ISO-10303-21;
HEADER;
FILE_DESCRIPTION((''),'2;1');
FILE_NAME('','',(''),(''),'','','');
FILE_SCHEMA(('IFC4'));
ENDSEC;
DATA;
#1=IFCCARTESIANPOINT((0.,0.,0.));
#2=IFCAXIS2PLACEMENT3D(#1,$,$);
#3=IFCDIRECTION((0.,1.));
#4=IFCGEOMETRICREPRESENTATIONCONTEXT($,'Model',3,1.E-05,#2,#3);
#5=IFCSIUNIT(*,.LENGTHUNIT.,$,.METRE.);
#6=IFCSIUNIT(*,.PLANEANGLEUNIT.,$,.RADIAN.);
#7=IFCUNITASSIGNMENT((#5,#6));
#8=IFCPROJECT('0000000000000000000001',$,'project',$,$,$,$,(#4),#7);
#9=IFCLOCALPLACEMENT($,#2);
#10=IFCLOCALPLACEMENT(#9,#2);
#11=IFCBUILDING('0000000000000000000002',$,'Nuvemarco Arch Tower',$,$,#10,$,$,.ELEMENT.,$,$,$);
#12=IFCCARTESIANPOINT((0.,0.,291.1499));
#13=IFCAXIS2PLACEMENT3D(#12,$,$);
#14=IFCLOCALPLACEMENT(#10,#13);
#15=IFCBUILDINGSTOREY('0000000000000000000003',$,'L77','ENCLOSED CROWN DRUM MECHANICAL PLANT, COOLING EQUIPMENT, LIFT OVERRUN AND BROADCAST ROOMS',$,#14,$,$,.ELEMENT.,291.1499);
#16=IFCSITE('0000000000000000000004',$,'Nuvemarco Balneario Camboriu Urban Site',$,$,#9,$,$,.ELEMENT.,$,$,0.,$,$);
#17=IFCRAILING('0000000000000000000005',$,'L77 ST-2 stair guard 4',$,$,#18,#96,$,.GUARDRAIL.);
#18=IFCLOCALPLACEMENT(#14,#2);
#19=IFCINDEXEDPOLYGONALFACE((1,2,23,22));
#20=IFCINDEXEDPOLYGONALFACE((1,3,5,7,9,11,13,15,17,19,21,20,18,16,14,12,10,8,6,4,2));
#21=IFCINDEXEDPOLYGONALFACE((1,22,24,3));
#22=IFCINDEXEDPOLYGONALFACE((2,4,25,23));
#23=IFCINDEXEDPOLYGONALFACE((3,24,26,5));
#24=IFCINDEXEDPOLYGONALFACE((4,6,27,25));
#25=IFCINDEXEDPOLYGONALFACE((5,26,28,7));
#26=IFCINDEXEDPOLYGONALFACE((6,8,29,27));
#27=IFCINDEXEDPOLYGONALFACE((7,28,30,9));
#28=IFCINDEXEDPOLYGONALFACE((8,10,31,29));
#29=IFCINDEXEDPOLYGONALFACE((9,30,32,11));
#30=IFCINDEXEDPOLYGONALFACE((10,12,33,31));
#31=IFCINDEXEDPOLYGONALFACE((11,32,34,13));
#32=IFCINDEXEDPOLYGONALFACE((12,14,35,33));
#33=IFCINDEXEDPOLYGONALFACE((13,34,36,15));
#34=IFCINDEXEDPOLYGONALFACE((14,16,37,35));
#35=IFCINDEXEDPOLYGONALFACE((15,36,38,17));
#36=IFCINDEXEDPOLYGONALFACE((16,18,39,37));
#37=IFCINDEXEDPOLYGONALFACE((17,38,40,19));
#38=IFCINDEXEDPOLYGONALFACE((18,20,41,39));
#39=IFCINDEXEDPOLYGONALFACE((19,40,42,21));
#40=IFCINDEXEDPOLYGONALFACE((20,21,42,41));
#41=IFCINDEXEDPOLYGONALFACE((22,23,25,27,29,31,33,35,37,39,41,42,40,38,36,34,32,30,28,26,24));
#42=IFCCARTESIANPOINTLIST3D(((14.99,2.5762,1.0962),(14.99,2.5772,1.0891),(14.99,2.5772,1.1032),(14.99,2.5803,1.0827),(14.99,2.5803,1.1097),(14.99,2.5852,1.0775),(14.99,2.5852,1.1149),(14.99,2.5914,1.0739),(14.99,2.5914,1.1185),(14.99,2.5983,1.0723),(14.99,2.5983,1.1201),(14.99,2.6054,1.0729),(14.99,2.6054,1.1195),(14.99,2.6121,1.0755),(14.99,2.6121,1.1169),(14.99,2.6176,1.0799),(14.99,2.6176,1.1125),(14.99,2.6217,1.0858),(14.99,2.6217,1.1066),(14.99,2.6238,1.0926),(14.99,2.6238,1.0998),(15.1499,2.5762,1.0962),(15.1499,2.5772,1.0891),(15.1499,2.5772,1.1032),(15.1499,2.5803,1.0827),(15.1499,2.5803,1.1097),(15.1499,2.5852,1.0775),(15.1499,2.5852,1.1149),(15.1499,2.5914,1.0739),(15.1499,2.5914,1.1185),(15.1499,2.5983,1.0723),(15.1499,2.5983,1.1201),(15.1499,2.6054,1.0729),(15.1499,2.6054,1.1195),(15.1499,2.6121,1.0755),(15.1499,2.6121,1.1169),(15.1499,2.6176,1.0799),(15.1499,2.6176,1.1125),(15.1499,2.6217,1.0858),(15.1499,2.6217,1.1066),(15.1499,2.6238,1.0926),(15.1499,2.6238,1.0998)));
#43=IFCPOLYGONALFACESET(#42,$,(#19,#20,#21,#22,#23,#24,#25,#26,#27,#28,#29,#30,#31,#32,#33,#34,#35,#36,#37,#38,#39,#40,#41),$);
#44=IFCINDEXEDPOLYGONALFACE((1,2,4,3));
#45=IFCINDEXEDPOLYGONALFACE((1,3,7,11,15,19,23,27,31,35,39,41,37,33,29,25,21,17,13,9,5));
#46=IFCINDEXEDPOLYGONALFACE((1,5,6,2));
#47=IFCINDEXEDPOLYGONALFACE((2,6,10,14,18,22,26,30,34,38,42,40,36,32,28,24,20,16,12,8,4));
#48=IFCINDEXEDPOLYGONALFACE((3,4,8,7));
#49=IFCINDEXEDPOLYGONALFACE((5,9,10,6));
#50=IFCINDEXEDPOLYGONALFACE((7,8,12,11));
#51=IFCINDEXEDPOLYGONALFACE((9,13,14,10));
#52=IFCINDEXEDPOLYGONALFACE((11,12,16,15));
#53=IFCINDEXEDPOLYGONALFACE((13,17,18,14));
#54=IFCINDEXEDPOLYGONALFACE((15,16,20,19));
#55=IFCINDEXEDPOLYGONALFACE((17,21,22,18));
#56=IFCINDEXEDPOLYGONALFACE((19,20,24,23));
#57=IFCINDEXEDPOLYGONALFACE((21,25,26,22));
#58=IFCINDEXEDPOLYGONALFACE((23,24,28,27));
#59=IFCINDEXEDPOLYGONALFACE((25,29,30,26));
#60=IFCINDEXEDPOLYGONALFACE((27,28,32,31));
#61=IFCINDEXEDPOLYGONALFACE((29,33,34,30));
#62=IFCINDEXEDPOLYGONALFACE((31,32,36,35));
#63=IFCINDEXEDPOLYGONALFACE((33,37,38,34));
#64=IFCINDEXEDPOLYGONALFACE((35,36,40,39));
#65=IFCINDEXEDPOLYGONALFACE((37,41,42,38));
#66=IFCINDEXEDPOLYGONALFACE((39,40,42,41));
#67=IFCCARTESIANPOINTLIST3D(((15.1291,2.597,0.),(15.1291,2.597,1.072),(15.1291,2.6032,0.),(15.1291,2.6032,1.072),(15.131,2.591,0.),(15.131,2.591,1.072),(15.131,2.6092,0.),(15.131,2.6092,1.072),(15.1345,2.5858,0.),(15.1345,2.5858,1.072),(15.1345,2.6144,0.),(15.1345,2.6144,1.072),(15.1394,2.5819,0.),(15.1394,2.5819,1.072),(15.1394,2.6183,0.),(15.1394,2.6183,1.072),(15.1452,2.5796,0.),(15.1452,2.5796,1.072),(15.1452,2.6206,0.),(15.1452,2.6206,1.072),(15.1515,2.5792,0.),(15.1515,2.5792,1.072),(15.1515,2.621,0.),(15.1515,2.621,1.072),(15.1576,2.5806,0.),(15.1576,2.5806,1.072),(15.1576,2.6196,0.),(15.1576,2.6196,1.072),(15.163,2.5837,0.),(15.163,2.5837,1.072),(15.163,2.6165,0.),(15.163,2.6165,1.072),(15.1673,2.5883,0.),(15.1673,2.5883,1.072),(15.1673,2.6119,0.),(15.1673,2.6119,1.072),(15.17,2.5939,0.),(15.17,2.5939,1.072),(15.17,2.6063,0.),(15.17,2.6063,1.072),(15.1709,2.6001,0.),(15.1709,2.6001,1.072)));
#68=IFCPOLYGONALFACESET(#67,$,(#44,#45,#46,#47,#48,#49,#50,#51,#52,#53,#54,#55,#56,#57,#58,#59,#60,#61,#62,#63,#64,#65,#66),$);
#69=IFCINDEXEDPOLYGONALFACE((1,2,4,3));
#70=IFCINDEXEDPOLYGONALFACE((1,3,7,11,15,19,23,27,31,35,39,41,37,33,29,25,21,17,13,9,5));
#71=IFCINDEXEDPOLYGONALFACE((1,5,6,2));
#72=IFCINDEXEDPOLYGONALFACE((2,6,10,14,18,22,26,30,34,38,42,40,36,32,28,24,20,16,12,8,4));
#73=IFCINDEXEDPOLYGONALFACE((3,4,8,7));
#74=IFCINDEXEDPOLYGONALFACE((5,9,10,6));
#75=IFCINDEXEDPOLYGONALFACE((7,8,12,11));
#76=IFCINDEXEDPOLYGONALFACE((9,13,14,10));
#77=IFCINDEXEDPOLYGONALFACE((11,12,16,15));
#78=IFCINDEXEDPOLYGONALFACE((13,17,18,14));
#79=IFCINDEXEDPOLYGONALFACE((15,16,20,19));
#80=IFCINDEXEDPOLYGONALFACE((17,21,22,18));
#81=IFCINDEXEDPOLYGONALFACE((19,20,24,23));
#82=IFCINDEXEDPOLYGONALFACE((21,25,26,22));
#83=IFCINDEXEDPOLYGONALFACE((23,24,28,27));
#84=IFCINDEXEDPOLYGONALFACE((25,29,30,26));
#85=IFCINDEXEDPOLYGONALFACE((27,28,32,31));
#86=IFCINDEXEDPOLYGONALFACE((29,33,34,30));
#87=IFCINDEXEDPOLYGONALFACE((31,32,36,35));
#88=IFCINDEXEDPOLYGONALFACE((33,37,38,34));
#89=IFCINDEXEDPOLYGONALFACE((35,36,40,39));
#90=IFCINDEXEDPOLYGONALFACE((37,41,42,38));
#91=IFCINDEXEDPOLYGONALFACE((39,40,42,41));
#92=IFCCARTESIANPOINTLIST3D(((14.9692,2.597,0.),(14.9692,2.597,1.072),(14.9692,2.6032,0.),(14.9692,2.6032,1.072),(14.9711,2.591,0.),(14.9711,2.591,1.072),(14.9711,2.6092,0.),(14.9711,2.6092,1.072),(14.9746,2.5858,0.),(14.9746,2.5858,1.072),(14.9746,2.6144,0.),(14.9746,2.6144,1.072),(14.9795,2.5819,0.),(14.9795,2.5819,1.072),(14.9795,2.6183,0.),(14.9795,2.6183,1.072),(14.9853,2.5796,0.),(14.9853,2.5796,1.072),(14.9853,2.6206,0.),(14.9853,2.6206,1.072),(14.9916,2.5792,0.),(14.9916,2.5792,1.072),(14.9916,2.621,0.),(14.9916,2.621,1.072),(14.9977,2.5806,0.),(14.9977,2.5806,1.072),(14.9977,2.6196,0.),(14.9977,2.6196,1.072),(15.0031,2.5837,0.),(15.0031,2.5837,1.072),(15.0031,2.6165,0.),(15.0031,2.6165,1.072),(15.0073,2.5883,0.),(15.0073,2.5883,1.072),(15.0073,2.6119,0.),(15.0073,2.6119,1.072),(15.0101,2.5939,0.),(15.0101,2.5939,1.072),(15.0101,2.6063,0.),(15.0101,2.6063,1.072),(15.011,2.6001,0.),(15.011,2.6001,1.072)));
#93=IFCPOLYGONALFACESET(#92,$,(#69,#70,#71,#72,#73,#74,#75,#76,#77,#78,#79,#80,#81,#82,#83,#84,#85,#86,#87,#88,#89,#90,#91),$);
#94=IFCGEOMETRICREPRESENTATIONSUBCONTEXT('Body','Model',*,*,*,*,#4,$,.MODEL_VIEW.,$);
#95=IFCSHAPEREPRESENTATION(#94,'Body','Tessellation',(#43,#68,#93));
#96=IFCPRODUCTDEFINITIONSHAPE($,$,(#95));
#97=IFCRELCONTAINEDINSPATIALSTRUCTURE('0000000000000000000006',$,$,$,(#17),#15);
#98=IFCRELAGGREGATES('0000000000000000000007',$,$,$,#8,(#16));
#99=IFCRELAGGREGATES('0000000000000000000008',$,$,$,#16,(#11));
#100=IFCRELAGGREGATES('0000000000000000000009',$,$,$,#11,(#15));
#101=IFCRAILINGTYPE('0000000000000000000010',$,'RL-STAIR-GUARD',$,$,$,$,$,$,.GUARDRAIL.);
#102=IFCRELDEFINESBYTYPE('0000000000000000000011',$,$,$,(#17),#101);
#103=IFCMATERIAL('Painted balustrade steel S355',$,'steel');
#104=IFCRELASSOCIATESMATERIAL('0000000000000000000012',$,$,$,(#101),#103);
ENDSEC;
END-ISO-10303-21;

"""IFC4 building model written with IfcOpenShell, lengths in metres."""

from ifc_helpers import new_model, si_unit, direction, frame, origin, origin_2d, place, context, subcontext, project, spatial, circle, extrude, material, type_object, element, save


model = new_model("IFC4")

# Units and contexts
model_context = context("Model", 3, precision=1e-05, world=origin(), true_north=direction((0.0, 1.0)))
body_context = subcontext(model_context, "Body", "Model", "MODEL_VIEW")
ifc_project = project(units=[si_unit("LENGTHUNIT", "METRE"), si_unit("PLANEANGLEUNIT", "RADIAN")], contexts=[model_context])

# Site, building, storey
site_placement = place(None, origin())
site = spatial("IfcSite", under=ifc_project, at=site_placement, Name="Nuvemarco Balneario Camboriu Urban Site", CompositionType="ELEMENT", RefElevation=0.0)
building_placement = place(site_placement, origin())
building = spatial("IfcBuilding", under=site, at=building_placement, Name="Nuvemarco Arch Tower", CompositionType="ELEMENT")
storey_placement = place(building_placement, frame((0.0, 0.0, 291.1499)))
storey = spatial("IfcBuildingStorey", under=building, at=storey_placement, Name="L77", Description="ENCLOSED CROWN DRUM MECHANICAL PLANT, COOLING EQUIPMENT, LIFT OVERRUN AND BROADCAST ROOMS", CompositionType="ELEMENT", Elevation=291.1499)

# Railing
ifc_material_1 = material(Name="Painted balustrade steel S355", Category="steel")
railing_type_1 = type_object("IfcRailingType", Name="RL-STAIR-GUARD", PredefinedType="GUARDRAIL", material=ifc_material_1)
railing_1_placement = place(storey_placement, frame((15.1499, 2.6001, 0.0)))
element("IfcRailing", 1, at=railing_1_placement, inside=storey, type_object=railing_type_1, Name="L77 ST-2 stair guard 4", PredefinedType="GUARDRAIL", context=body_context, shape_type="SweptSolid", body=[
    extrude(circle(Radius=0.0239, at=origin_2d()), frame((0.0, 0.0, 1.0962), z_axis=(-1.0, 0.0, 0.0), x_axis=(0.0, -1.0, 0.0)), (0.0, 0.0, 1.0), 0.1599),
    extrude(circle(Radius=0.021, at=origin_2d()), origin(), (0.0, 0.0, 1.0), 1.072),
    extrude(circle(Radius=0.021, at=origin_2d()), frame((-0.1599, 0.0, 0.0)), (0.0, 0.0, 1.0), 1.072),
])

save(model, "model.ifc")
